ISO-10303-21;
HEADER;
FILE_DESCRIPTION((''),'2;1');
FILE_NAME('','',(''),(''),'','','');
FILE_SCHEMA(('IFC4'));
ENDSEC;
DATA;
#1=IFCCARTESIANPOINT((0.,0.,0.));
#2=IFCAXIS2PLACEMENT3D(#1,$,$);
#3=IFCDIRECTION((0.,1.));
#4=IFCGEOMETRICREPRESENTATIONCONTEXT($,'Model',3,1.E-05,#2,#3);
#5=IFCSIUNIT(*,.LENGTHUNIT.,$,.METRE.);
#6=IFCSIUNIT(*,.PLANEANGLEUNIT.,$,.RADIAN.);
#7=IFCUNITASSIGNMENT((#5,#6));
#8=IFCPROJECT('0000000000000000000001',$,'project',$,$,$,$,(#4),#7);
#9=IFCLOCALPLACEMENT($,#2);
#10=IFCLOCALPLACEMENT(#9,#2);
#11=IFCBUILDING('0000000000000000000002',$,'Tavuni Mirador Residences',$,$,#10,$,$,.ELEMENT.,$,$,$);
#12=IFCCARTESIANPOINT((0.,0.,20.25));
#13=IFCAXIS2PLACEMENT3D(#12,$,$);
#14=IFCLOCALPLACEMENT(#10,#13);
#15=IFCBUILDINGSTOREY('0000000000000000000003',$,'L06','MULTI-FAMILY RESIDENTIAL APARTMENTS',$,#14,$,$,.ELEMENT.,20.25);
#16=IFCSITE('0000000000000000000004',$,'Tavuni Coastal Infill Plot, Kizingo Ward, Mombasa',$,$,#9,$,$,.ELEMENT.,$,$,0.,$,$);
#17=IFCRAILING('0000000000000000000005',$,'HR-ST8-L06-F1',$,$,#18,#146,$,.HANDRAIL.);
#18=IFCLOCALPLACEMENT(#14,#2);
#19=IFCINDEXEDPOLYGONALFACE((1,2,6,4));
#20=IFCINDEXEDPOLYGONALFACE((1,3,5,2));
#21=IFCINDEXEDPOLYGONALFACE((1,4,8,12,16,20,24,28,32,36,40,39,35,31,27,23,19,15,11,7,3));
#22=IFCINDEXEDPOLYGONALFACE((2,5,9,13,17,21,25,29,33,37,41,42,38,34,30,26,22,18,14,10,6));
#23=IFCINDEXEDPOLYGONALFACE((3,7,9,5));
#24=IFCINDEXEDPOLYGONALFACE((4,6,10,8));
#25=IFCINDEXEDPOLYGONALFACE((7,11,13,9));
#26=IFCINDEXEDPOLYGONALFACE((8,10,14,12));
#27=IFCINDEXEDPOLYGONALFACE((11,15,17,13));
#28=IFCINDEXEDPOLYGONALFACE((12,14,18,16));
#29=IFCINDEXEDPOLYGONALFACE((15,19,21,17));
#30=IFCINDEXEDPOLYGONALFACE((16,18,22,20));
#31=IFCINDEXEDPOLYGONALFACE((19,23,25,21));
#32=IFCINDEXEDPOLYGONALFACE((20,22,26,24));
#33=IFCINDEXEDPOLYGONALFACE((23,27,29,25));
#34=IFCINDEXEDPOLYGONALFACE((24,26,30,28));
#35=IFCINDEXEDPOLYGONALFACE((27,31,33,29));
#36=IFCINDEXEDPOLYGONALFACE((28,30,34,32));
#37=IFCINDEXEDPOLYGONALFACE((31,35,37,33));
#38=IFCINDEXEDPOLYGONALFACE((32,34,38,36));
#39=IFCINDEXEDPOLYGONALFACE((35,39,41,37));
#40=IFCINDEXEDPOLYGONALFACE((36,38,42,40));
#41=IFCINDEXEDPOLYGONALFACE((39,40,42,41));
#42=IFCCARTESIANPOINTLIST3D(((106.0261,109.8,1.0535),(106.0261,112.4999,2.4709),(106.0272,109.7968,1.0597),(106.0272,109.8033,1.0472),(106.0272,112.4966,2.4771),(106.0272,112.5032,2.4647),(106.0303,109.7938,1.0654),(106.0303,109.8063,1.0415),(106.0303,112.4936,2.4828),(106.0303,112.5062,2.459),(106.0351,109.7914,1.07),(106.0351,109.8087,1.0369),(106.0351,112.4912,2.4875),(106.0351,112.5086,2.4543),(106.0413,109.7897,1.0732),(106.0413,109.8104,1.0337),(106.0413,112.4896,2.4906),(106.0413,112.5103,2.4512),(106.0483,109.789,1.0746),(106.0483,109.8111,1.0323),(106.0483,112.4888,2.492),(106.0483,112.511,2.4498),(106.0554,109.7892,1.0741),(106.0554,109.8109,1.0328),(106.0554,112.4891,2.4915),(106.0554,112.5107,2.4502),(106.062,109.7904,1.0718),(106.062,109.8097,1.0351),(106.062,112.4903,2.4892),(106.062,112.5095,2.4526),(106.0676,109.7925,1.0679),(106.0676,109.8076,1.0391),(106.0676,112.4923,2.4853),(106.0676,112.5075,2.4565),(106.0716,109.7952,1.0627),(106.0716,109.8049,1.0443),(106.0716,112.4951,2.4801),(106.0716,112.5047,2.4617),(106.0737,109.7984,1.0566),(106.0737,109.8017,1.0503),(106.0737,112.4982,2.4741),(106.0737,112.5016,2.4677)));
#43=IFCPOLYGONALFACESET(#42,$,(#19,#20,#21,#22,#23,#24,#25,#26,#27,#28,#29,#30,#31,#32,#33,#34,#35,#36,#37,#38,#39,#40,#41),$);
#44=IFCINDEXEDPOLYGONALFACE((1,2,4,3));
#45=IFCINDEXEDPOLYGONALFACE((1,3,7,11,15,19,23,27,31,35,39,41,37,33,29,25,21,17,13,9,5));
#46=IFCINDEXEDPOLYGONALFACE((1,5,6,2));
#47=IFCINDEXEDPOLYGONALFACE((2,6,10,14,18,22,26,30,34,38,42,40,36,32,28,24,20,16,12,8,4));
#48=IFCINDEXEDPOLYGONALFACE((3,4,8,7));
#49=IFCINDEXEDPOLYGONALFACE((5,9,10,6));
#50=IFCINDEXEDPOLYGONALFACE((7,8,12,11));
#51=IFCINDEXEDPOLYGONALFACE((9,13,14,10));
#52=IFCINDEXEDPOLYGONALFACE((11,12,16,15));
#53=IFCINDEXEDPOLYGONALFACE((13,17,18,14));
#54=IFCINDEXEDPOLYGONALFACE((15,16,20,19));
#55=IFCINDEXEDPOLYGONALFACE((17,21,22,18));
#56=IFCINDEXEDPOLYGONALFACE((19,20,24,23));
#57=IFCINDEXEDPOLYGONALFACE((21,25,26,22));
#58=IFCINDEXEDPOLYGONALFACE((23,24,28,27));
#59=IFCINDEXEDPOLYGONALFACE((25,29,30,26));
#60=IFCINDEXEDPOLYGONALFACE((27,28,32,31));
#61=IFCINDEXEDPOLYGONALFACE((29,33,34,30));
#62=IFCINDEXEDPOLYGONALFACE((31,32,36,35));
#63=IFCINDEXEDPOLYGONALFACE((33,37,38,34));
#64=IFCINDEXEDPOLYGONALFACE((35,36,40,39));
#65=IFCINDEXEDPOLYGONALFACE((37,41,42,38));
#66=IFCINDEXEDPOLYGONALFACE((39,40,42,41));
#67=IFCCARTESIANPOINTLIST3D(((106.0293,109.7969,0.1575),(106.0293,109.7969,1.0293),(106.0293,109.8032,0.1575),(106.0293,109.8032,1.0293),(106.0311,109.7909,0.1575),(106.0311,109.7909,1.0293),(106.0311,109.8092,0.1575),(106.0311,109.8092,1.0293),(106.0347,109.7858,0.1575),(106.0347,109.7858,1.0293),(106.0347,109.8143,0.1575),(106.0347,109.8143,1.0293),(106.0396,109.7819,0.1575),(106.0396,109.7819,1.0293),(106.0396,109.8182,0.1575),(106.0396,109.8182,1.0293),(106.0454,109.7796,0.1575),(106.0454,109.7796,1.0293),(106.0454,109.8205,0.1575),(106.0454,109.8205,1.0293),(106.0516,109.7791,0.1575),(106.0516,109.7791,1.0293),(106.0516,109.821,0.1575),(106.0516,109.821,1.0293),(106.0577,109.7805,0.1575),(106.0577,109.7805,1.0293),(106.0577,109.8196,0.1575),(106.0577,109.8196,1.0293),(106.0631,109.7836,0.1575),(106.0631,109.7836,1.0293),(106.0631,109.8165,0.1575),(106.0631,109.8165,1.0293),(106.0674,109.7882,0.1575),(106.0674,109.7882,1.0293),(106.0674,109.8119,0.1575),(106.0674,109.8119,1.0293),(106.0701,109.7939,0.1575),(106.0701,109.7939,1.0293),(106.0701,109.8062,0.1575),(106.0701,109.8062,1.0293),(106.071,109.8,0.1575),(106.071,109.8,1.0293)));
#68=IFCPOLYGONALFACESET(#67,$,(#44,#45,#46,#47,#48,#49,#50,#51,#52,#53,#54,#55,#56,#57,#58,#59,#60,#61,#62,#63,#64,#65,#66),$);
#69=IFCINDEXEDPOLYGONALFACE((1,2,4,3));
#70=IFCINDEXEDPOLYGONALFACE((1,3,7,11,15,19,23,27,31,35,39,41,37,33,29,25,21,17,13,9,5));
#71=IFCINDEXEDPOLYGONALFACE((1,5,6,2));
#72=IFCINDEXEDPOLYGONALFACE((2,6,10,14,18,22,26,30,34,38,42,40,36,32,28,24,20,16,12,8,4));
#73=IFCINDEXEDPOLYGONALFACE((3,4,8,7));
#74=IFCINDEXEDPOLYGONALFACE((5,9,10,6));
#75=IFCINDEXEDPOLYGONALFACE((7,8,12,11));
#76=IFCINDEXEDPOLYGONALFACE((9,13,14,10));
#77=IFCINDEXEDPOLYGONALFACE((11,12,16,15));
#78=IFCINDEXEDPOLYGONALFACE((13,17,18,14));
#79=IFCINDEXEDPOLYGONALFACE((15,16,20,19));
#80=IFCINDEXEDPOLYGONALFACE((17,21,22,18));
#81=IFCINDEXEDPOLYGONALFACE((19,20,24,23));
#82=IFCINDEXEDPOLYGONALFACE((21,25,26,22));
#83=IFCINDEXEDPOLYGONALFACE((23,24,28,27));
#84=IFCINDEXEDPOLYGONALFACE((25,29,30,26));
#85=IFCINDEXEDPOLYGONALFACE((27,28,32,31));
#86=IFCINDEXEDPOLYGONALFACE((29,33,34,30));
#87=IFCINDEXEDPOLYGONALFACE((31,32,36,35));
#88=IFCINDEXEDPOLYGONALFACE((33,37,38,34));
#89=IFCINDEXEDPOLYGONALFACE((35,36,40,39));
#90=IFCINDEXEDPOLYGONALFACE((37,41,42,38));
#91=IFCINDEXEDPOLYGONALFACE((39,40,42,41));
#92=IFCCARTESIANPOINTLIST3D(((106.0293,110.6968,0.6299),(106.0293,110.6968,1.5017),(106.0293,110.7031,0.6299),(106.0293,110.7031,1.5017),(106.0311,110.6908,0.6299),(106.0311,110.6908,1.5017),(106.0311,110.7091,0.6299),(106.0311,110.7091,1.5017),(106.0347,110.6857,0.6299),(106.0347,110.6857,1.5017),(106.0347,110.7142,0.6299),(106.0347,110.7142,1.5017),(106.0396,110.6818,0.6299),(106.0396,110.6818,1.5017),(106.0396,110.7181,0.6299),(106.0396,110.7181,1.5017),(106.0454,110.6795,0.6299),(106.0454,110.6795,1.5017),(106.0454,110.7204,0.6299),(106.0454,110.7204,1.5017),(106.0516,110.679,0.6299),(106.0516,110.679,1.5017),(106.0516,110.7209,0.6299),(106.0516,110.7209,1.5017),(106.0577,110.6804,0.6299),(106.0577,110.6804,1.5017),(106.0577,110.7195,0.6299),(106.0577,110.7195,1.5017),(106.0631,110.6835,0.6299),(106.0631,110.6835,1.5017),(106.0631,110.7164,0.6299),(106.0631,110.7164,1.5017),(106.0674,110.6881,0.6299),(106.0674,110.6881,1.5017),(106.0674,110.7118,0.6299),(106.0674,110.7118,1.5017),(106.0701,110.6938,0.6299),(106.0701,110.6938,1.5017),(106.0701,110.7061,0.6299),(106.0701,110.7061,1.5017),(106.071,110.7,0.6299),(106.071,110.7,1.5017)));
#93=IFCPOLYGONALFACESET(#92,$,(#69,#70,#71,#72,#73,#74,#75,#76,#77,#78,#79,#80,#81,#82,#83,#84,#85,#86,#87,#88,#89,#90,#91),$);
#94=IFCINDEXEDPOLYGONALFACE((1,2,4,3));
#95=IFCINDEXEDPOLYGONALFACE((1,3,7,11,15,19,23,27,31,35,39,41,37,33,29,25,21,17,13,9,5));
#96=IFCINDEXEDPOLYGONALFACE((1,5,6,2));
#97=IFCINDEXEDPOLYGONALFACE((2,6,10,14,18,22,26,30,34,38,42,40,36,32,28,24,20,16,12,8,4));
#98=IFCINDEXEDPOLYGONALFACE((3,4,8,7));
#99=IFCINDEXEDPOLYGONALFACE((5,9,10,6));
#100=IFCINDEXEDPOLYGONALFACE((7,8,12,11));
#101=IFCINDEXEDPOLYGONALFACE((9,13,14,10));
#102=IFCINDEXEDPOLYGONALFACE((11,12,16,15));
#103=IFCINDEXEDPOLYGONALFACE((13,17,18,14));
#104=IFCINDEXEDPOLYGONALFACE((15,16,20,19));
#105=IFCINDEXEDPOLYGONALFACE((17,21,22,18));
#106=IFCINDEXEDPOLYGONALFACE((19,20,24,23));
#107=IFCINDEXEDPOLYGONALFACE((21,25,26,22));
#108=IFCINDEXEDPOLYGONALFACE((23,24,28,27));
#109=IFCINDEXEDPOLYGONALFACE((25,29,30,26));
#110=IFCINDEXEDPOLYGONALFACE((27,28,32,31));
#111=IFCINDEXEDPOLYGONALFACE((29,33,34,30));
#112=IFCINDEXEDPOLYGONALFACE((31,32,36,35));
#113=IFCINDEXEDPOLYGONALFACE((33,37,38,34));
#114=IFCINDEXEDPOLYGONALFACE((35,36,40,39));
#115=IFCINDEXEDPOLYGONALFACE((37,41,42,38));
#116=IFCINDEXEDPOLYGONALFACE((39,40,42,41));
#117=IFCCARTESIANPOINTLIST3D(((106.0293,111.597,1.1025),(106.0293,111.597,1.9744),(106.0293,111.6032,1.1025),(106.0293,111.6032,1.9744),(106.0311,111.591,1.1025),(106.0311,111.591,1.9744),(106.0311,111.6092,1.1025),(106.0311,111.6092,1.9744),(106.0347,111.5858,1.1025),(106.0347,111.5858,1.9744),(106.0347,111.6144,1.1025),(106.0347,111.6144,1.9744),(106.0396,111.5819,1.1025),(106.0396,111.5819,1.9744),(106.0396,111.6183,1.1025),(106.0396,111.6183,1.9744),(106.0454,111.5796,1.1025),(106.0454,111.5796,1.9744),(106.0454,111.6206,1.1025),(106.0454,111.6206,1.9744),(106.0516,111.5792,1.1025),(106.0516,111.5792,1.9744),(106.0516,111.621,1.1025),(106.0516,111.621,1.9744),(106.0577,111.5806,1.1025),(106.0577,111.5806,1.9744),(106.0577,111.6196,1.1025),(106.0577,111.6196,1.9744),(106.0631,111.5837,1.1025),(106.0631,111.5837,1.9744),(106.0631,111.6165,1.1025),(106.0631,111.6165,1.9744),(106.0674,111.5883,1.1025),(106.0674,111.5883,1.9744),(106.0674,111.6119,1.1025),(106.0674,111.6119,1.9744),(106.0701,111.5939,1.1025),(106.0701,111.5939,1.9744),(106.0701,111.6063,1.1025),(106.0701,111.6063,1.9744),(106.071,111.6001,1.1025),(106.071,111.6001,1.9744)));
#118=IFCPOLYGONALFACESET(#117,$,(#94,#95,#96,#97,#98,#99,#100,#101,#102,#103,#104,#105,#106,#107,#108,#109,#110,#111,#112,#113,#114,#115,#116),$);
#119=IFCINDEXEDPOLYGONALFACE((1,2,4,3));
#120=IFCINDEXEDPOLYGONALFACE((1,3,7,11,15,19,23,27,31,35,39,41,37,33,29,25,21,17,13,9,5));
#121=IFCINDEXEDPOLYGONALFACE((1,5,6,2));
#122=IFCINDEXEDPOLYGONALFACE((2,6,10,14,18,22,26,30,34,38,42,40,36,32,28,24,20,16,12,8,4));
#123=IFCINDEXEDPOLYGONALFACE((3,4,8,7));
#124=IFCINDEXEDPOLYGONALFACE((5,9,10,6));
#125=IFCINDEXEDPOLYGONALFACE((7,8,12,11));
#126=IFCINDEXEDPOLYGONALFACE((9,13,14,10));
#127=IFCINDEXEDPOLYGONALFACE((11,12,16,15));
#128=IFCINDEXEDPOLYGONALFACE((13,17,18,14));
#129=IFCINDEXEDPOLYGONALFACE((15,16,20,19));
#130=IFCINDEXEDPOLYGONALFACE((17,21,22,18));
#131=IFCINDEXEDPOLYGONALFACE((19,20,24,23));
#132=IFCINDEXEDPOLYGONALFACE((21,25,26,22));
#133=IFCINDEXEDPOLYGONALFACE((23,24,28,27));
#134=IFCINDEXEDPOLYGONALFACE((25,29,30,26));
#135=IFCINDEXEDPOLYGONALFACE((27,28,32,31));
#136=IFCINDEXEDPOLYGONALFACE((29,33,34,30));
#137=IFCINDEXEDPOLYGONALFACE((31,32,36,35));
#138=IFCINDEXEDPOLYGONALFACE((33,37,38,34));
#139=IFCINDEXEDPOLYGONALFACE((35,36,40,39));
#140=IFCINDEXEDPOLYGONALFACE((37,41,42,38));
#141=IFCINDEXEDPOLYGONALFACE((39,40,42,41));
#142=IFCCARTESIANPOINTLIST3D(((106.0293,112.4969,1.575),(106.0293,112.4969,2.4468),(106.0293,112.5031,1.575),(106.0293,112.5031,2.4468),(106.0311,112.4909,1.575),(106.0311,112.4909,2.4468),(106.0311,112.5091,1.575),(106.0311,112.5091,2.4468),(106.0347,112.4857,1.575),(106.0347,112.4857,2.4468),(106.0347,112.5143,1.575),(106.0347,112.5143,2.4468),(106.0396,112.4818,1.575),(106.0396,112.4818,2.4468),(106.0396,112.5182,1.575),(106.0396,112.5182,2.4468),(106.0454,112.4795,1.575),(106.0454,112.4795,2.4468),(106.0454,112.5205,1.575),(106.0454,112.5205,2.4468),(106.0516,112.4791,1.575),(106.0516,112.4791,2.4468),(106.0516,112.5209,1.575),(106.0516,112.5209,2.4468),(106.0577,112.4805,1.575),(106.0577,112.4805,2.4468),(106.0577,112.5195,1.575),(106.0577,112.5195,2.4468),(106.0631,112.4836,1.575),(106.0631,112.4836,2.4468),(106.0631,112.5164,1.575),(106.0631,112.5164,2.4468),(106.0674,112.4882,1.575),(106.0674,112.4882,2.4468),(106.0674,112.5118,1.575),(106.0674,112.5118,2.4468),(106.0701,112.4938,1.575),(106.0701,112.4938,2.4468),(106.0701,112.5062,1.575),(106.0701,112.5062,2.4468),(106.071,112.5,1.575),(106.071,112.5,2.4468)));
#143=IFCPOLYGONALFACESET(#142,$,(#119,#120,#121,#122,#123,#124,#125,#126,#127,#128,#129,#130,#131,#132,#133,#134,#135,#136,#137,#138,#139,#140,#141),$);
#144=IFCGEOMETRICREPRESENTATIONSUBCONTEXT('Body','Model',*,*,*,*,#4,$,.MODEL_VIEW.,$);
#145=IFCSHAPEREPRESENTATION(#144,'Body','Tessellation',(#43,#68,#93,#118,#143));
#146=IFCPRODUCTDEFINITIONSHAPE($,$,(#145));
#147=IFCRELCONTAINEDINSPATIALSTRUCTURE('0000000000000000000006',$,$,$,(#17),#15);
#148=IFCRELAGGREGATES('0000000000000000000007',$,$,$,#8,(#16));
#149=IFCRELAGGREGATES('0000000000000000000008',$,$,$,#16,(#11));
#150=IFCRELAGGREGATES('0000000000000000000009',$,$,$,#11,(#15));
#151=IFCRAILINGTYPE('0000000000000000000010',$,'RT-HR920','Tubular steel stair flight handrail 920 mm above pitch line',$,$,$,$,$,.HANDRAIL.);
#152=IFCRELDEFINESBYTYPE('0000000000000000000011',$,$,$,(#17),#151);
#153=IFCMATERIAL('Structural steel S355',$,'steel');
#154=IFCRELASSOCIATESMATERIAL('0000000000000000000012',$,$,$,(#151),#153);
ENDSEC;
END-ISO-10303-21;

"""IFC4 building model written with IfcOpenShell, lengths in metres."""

from ifc_helpers import new_model, si_unit, direction, frame, origin, origin_2d, place, context, subcontext, project, spatial, circle, extrude, material, type_object, element, save


model = new_model("IFC4")

# Units and contexts
model_context = context("Model", 3, precision=1e-05, world=origin(), true_north=direction((0.0, 1.0)))
body_context = subcontext(model_context, "Body", "Model", "MODEL_VIEW")
ifc_project = project(units=[si_unit("LENGTHUNIT", "METRE"), si_unit("PLANEANGLEUNIT", "RADIAN")], contexts=[model_context])

# Site, building, storey
site_placement = place(None, origin())
site = spatial("IfcSite", under=ifc_project, at=site_placement, Name="Tavuni Coastal Infill Plot, Kizingo Ward, Mombasa", CompositionType="ELEMENT", RefElevation=0.0)
building_placement = place(site_placement, origin())
building = spatial("IfcBuilding", under=site, at=building_placement, Name="Tavuni Mirador Residences", CompositionType="ELEMENT")
storey_placement = place(building_placement, frame((0.0, 0.0, 20.25)))
storey = spatial("IfcBuildingStorey", under=building, at=storey_placement, Name="L06", Description="MULTI-FAMILY RESIDENTIAL APARTMENTS", CompositionType="ELEMENT", Elevation=20.25)

# Railing
ifc_material_1 = material(Name="Structural steel S355", Category="steel")
railing_type_1 = type_object("IfcRailingType", Name="RT-HR920", Description="Tubular steel stair flight handrail 920 mm above pitch line", PredefinedType="HANDRAIL", material=ifc_material_1)
railing_1_placement = place(storey_placement, frame((106.05, 109.8, 0.1575)))
element("IfcRailing", 1, at=railing_1_placement, inside=storey, type_object=railing_type_1, Name="HR-ST8-L06-F1", PredefinedType="HANDRAIL", context=body_context, shape_type="SweptSolid", body=[
    extrude(circle(Radius=0.0239, at=origin_2d()), frame((0.0, 0.0, 0.896), z_axis=(0.0, 0.885397, 0.464835), x_axis=(-1.0, 0.0, 0.0)), (0.0, 0.0, 1.0), 3.0493),
    extrude(circle(Radius=0.021, at=origin_2d()), origin(), (0.0, 0.0, 1.0), 0.8718),
    extrude(circle(Radius=0.021, at=origin_2d()), frame((0.0, 0.8999, 0.4724)), (0.0, 0.0, 1.0), 0.8718),
    extrude(circle(Radius=0.021, at=origin_2d()), frame((0.0, 1.8, 0.9451)), (0.0, 0.0, 1.0), 0.8718),
    extrude(circle(Radius=0.021, at=origin_2d()), frame((0.0, 2.7, 1.4175)), (0.0, 0.0, 1.0), 0.8718),
])

save(model, "model.ifc")
